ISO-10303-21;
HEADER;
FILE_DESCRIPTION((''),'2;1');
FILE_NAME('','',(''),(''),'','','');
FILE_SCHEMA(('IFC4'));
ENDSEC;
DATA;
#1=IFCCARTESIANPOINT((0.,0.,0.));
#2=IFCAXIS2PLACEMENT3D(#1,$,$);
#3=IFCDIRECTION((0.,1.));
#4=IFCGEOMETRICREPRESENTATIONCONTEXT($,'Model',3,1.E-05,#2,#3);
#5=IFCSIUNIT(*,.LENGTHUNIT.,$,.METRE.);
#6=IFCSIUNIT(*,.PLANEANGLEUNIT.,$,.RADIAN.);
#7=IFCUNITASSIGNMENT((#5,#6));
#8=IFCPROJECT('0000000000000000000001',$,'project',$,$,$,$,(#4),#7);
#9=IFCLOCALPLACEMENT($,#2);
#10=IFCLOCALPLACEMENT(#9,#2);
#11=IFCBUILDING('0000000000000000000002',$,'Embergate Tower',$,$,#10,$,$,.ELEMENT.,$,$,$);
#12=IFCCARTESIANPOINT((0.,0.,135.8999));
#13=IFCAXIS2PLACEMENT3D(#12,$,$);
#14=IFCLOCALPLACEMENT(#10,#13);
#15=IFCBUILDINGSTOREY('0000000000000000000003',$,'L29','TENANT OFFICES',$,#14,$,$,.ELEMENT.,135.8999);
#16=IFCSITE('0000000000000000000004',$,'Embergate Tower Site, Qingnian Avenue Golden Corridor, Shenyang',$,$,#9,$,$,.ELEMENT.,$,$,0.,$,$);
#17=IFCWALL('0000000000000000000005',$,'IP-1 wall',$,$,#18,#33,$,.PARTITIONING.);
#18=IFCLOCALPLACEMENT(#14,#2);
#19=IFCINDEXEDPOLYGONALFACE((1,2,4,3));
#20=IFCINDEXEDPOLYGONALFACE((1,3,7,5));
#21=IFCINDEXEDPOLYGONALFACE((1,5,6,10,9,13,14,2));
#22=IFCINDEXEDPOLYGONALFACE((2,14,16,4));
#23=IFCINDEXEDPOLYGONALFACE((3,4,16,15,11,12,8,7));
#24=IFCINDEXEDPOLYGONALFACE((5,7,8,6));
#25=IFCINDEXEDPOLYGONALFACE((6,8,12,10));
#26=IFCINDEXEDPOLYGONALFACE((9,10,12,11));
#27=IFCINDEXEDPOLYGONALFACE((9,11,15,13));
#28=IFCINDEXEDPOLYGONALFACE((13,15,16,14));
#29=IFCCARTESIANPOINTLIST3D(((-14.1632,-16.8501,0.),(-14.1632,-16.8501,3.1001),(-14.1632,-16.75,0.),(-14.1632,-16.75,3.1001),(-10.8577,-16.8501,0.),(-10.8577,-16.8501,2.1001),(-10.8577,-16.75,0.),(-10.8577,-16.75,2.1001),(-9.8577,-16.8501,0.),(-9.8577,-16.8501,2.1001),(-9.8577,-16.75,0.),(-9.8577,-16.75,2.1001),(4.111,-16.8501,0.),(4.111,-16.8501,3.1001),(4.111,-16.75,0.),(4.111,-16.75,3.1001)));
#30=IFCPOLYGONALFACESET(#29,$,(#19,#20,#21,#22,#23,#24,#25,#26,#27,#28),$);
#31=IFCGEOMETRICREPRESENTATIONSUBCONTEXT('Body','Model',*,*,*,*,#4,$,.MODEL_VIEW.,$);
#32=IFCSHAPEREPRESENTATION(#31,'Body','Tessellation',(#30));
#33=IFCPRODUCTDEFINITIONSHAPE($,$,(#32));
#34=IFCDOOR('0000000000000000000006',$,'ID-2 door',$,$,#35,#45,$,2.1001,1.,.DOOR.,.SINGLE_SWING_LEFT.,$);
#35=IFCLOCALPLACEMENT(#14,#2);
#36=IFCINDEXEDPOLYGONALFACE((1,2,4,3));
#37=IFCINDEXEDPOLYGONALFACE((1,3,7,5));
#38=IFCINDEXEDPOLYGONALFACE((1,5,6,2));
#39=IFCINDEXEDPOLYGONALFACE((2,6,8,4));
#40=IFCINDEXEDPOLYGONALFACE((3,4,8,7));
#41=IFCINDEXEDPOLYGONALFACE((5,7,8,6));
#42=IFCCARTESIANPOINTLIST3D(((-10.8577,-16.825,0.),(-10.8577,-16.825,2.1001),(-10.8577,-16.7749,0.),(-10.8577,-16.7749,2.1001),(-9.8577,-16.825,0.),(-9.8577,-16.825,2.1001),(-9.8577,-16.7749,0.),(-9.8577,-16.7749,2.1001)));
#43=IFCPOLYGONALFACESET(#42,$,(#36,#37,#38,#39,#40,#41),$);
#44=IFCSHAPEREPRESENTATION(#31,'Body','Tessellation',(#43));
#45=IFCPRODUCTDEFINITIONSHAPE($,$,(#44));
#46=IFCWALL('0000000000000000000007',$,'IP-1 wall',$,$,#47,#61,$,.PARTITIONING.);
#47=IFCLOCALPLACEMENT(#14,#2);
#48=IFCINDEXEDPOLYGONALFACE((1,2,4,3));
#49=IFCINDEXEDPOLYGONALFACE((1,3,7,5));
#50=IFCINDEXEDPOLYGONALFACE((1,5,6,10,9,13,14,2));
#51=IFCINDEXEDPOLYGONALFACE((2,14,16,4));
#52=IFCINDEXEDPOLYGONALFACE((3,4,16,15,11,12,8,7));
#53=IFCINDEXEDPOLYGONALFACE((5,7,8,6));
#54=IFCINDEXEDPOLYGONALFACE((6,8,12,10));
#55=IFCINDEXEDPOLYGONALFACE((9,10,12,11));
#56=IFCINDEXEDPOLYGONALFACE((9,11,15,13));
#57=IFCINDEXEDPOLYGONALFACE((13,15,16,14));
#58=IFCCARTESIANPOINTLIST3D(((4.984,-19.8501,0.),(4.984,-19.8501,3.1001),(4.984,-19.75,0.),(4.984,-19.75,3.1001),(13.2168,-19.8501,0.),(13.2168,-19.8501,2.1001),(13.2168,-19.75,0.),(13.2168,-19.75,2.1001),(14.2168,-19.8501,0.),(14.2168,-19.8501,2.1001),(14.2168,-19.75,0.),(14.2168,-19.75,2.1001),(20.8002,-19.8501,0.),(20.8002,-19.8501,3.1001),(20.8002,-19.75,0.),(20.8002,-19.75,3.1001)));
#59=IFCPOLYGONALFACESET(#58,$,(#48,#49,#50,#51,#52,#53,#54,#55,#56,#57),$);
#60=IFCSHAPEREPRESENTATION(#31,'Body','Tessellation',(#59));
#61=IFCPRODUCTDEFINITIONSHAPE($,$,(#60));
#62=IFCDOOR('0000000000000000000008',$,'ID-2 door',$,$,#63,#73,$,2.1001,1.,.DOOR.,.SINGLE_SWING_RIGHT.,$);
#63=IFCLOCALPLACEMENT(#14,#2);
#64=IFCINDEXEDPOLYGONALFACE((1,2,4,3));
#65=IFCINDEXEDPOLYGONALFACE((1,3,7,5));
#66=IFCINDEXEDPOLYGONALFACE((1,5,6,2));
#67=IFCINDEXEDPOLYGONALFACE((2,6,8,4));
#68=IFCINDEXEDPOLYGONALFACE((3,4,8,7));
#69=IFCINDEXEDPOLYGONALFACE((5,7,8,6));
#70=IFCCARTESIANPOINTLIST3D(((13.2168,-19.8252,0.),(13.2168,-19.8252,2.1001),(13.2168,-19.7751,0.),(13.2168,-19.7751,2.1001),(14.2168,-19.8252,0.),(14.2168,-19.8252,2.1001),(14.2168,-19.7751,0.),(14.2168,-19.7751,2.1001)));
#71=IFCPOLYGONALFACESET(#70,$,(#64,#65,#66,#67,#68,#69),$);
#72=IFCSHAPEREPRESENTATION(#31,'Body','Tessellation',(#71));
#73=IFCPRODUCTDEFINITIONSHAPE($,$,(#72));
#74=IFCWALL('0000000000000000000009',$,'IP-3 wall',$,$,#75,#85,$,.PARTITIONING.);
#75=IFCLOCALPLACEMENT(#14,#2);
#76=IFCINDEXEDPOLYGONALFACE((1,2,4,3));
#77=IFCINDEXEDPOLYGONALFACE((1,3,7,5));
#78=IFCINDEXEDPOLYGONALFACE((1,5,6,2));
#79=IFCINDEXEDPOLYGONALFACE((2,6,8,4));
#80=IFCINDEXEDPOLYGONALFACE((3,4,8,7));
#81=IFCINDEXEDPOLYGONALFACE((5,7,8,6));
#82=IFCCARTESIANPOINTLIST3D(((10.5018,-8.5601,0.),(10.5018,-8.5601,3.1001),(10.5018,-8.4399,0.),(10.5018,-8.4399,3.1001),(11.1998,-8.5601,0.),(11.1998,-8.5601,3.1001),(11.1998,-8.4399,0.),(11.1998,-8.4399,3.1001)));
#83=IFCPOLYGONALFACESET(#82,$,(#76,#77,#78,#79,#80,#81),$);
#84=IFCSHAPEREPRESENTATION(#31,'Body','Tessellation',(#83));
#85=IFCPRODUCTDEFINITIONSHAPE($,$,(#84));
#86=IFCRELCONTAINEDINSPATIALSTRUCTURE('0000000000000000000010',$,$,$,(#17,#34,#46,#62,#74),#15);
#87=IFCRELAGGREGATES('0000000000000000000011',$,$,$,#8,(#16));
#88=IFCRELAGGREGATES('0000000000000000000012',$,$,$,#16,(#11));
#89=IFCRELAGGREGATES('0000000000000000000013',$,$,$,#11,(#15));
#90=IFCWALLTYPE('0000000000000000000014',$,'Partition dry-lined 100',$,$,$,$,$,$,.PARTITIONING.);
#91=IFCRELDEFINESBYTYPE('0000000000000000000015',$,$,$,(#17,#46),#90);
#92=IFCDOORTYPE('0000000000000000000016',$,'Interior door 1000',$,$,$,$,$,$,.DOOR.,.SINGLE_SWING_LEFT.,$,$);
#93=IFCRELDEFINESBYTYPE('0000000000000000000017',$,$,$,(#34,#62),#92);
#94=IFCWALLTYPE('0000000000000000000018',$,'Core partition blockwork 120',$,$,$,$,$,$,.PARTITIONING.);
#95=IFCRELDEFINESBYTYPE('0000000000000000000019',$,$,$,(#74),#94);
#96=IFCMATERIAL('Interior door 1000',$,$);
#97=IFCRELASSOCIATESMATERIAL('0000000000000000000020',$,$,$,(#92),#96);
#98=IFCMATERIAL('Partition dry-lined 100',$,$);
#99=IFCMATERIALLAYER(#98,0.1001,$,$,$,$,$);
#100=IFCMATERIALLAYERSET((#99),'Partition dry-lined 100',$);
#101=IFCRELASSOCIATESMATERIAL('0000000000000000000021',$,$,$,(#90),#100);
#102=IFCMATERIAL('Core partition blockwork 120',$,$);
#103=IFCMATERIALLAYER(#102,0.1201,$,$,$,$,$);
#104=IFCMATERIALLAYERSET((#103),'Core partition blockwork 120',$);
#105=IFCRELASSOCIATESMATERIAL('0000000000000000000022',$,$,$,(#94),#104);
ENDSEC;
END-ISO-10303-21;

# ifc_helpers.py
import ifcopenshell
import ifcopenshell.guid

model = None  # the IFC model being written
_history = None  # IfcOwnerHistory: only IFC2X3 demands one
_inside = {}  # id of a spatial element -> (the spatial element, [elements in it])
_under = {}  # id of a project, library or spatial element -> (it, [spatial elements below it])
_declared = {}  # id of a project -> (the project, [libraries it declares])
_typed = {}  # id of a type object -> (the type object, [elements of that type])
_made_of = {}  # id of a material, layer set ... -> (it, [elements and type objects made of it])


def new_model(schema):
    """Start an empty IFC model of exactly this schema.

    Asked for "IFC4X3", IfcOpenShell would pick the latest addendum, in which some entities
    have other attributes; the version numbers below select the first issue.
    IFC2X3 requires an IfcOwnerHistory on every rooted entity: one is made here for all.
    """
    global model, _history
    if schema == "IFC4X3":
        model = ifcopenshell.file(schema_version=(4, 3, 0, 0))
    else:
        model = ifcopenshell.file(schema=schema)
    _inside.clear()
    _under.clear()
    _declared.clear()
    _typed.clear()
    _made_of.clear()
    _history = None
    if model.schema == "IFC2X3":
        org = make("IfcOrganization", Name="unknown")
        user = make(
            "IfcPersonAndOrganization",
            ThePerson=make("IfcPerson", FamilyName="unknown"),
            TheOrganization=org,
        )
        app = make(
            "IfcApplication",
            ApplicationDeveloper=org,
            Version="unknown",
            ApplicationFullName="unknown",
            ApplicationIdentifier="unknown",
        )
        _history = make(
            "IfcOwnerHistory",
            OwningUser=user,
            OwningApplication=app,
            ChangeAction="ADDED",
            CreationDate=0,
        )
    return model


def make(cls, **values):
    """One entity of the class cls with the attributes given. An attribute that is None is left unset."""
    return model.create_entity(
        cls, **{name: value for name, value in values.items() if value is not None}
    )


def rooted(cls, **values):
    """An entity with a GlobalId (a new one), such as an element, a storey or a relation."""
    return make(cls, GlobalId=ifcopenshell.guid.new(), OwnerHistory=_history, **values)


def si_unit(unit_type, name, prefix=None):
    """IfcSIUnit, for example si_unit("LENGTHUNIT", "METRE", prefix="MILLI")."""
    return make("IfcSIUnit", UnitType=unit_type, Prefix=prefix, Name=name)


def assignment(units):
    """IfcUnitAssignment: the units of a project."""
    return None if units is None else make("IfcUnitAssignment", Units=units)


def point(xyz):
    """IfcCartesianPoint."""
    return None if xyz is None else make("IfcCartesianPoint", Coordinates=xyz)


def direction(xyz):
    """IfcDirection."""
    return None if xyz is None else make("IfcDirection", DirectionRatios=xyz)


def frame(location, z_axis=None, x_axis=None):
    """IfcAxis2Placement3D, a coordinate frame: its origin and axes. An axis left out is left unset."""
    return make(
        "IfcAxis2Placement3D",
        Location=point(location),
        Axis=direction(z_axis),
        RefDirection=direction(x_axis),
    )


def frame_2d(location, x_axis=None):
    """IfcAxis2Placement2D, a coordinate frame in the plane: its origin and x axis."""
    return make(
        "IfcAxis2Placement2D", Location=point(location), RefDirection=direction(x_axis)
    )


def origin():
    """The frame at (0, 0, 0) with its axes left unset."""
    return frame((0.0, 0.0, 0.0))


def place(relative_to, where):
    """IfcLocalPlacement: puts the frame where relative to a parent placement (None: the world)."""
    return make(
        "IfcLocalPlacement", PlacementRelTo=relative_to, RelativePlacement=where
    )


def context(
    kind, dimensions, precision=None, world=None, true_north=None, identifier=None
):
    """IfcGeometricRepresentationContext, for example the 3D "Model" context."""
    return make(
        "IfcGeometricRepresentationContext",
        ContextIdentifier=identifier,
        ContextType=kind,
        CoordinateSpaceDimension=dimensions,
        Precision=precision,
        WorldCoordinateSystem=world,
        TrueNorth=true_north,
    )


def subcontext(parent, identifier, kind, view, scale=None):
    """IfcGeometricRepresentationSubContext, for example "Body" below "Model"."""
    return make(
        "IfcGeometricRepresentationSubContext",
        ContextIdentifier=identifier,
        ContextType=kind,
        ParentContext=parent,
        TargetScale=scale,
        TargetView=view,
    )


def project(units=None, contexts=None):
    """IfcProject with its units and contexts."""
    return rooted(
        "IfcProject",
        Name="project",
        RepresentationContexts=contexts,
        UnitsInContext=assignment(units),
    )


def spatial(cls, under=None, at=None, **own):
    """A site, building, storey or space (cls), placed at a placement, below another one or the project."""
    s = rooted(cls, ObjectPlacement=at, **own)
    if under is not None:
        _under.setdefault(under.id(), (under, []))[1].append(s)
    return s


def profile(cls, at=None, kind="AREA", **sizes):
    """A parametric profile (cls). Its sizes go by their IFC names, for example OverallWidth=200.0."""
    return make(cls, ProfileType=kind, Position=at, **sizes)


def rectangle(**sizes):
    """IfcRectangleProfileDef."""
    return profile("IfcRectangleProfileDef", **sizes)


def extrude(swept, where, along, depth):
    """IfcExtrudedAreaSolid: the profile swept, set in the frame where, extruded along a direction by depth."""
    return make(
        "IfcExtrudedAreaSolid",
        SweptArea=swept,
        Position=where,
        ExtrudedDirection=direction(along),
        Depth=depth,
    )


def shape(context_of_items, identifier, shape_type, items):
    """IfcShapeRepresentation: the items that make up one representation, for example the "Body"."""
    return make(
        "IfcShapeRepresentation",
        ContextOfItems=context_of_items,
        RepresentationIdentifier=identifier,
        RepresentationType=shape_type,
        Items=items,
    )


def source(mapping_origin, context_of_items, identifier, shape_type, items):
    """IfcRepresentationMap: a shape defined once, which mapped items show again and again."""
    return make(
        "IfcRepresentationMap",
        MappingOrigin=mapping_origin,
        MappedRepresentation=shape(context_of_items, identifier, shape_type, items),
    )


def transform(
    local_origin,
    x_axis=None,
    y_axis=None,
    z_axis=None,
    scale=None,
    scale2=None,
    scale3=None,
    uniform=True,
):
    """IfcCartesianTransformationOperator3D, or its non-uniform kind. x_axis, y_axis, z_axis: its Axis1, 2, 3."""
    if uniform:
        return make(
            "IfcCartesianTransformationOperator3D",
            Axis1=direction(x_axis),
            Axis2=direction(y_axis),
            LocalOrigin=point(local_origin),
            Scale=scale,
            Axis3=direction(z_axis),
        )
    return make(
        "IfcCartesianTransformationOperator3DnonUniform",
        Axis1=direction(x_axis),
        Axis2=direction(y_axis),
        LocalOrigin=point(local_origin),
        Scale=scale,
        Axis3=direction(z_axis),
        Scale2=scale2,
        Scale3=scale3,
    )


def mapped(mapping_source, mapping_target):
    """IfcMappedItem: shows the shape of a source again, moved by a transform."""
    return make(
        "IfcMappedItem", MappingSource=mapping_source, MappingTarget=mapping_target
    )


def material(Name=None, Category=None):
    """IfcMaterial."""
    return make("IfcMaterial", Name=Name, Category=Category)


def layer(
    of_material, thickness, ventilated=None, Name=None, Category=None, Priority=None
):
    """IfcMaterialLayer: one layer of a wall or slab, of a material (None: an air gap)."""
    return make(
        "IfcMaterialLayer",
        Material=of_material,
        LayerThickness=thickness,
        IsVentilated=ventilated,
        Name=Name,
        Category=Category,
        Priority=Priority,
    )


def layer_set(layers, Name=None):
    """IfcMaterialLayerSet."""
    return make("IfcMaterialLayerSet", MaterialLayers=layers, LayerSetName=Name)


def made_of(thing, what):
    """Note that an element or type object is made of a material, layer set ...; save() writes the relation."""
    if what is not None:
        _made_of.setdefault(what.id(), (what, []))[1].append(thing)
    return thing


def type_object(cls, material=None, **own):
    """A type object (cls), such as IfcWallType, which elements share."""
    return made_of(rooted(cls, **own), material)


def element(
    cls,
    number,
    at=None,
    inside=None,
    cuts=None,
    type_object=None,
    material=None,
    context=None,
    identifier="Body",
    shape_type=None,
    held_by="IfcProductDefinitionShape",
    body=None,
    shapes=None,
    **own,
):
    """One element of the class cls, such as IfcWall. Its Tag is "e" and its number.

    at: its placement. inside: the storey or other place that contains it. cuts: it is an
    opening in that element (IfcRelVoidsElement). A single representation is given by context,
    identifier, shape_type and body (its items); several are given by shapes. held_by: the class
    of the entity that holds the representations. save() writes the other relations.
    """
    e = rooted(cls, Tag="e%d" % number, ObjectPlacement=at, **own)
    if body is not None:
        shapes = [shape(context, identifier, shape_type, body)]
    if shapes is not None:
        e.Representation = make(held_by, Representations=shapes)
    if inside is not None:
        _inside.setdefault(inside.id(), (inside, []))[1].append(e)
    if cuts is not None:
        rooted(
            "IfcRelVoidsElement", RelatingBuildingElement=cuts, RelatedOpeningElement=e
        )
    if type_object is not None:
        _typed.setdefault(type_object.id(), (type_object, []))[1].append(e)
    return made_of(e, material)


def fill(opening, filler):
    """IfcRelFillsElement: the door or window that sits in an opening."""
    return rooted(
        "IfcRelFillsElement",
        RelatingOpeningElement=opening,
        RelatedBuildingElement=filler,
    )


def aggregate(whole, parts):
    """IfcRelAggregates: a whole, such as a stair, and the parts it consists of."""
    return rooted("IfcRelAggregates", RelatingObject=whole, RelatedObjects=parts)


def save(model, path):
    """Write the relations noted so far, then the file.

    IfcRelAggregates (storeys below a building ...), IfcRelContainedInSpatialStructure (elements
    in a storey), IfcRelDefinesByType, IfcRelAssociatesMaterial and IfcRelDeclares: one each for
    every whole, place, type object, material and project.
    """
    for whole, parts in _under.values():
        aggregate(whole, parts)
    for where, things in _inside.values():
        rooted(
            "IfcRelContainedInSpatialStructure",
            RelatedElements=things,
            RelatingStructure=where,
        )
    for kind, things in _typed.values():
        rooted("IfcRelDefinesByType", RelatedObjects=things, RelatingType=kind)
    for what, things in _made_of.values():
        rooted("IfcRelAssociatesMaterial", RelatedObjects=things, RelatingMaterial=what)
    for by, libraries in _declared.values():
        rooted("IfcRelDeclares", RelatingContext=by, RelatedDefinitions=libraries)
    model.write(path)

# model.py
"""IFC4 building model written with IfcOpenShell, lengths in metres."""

from ifc_helpers import new_model, si_unit, direction, frame, frame_2d, origin, place, context, subcontext, project, spatial, rectangle, extrude, source, transform, mapped, material, layer, layer_set, type_object, element, fill, save


model = new_model("IFC4")

# Units and contexts
model_context = context("Model", 3, precision=1e-05, world=origin(), true_north=direction((0.0, 1.0)))
body_context = subcontext(model_context, "Body", "Model", "MODEL_VIEW")
ifc_project = project(units=[si_unit("LENGTHUNIT", "METRE"), si_unit("PLANEANGLEUNIT", "RADIAN")], contexts=[model_context])

# Site, building, storey
site_placement = place(None, origin())
site = spatial("IfcSite", under=ifc_project, at=site_placement, Name="Embergate Tower Site, Qingnian Avenue Golden Corridor, Shenyang", CompositionType="ELEMENT", RefElevation=0.0)
building_placement = place(site_placement, origin())
building = spatial("IfcBuilding", under=site, at=building_placement, Name="Embergate Tower", CompositionType="ELEMENT")
storey_placement = place(building_placement, frame((0.0, 0.0, 135.8999)))
storey = spatial("IfcBuildingStorey", under=building, at=storey_placement, Name="L29", Description="TENANT OFFICES", CompositionType="ELEMENT", Elevation=135.8999)

# Shared definitions
shared_shape_1 = source(origin(), body_context, "Body", "SweptSolid", [
    extrude(rectangle(XDim=1.0, YDim=2.1001, at=frame_2d((0.5, 1.05))), frame((0.0, 0.0249, 0.0), z_axis=(0.0, -1.0, 0.0), x_axis=(1.0, 0.0, 0.0)), (0.0, 0.0, 1.0), 0.05),
])
ifc_material_1 = material(Name="Interior door 1000")
door_type_1 = type_object("IfcDoorType", Name="Interior door 1000", OperationType="SINGLE_SWING_LEFT", PredefinedType="DOOR", material=ifc_material_1)

# Walls, openings, doors
ifc_material_2 = material(Name="Partition dry-lined 100")
ifc_layer_1 = layer(ifc_material_2, 0.1001)
ifc_layer_set_1 = layer_set([ifc_layer_1], Name="Partition dry-lined 100")
wall_type_1 = type_object("IfcWallType", Name="Partition dry-lined 100", PredefinedType="PARTITIONING", material=ifc_layer_set_1)
shared_shape_2 = source(origin(), body_context, "Body", "SweptSolid", [
    extrude(rectangle(XDim=18.2742, YDim=0.1001, at=frame_2d((9.1372, 0.0))), origin(), (0.0, 0.0, 1.0), 3.1001),
])
wall_1_placement = place(storey_placement, frame((4.1111, -16.8, 0.0), z_axis=(0.0, 0.0, 1.0), x_axis=(-1.0, 0.0, 0.0)))
wall_1 = element("IfcWall", 1, at=wall_1_placement, inside=storey, type_object=wall_type_1, Name="IP-1 wall", PredefinedType="PARTITIONING", context=body_context, shape_type="MappedRepresentation", body=[
    mapped(shared_shape_2, transform((0.0, 0.0, 0.0))),
])
shared_shape_3 = source(origin(), body_context, "Body", "SweptSolid", [
    extrude(rectangle(XDim=1.0, YDim=2.1001, at=frame_2d((0.5, 1.05))), frame((0.0, 0.0601, 0.0), z_axis=(0.0, -1.0, 0.0), x_axis=(1.0, 0.0, 0.0)), (0.0, 0.0, 1.0), 0.1201),
])
opening_1_placement = place(wall_1_placement, frame((13.9688, 0.0, 0.0)))
opening_1 = element("IfcOpeningElement", 2, at=opening_1_placement, cuts=wall_1, PredefinedType="OPENING", context=body_context, shape_type="MappedRepresentation", body=[
    mapped(shared_shape_3, transform((0.0, 0.0, 0.0))),
])
door_1_placement = place(opening_1_placement, origin())
door_1 = element("IfcDoor", 3, at=door_1_placement, inside=storey, type_object=door_type_1, Name="ID-2 door", OperationType="SINGLE_SWING_LEFT", OverallHeight=2.1001, OverallWidth=1.0, PredefinedType="DOOR", context=body_context, shape_type="MappedRepresentation", body=[
    mapped(shared_shape_1, transform((0.0, 0.0, 0.0))),
])
fill(opening_1, door_1)
shared_shape_4 = source(origin(), body_context, "Body", "SweptSolid", [
    extrude(rectangle(XDim=15.8162, YDim=0.1001, at=frame_2d((7.9082, 0.0))), origin(), (0.0, 0.0, 1.0), 3.1001),
])
wall_2_placement = place(storey_placement, frame((4.9839, -19.8, 0.0), z_axis=(0.0, 0.0, 1.0), x_axis=(1.0, 0.0, 0.0)))
wall_2 = element("IfcWall", 4, at=wall_2_placement, inside=storey, type_object=wall_type_1, Name="IP-1 wall", PredefinedType="PARTITIONING", context=body_context, shape_type="MappedRepresentation", body=[
    mapped(shared_shape_4, transform((0.0, 0.0, 0.0))),
])
opening_2_placement = place(wall_2_placement, frame((8.2329, 0.0, 0.0)))
opening_2 = element("IfcOpeningElement", 5, at=opening_2_placement, cuts=wall_2, PredefinedType="OPENING", context=body_context, shape_type="MappedRepresentation", body=[
    mapped(shared_shape_3, transform((0.0, 0.0, 0.0))),
])
door_2_placement = place(opening_2_placement, origin())
door_2 = element("IfcDoor", 6, at=door_2_placement, inside=storey, type_object=door_type_1, Name="ID-2 door", OperationType="SINGLE_SWING_RIGHT", OverallHeight=2.1001, OverallWidth=1.0, PredefinedType="DOOR", context=body_context, shape_type="MappedRepresentation", body=[
    mapped(shared_shape_1, transform((0.0, 0.0, 0.0))),
])
fill(opening_2, door_2)

# Wall
ifc_material_3 = material(Name="Core partition blockwork 120")
ifc_layer_2 = layer(ifc_material_3, 0.1201)
ifc_layer_set_2 = layer_set([ifc_layer_2], Name="Core partition blockwork 120")
wall_type_2 = type_object("IfcWallType", Name="Core partition blockwork 120", PredefinedType="PARTITIONING", material=ifc_layer_set_2)
shared_shape_5 = source(origin(), body_context, "Body", "SweptSolid", [
    extrude(rectangle(XDim=0.698, YDim=0.1201, at=frame_2d((0.3491, 0.0))), origin(), (0.0, 0.0, 1.0), 3.1001),
])
wall_3_placement = place(storey_placement, frame((11.2, -8.5, 0.0), z_axis=(0.0, 0.0, 1.0), x_axis=(-1.0, 0.0, 0.0)))
element("IfcWall", 7, at=wall_3_placement, inside=storey, type_object=wall_type_2, Name="IP-3 wall", PredefinedType="PARTITIONING", context=body_context, shape_type="MappedRepresentation", body=[
    mapped(shared_shape_5, transform((0.0, 0.0, 0.0))),
])

save(model, "model.ifc")
